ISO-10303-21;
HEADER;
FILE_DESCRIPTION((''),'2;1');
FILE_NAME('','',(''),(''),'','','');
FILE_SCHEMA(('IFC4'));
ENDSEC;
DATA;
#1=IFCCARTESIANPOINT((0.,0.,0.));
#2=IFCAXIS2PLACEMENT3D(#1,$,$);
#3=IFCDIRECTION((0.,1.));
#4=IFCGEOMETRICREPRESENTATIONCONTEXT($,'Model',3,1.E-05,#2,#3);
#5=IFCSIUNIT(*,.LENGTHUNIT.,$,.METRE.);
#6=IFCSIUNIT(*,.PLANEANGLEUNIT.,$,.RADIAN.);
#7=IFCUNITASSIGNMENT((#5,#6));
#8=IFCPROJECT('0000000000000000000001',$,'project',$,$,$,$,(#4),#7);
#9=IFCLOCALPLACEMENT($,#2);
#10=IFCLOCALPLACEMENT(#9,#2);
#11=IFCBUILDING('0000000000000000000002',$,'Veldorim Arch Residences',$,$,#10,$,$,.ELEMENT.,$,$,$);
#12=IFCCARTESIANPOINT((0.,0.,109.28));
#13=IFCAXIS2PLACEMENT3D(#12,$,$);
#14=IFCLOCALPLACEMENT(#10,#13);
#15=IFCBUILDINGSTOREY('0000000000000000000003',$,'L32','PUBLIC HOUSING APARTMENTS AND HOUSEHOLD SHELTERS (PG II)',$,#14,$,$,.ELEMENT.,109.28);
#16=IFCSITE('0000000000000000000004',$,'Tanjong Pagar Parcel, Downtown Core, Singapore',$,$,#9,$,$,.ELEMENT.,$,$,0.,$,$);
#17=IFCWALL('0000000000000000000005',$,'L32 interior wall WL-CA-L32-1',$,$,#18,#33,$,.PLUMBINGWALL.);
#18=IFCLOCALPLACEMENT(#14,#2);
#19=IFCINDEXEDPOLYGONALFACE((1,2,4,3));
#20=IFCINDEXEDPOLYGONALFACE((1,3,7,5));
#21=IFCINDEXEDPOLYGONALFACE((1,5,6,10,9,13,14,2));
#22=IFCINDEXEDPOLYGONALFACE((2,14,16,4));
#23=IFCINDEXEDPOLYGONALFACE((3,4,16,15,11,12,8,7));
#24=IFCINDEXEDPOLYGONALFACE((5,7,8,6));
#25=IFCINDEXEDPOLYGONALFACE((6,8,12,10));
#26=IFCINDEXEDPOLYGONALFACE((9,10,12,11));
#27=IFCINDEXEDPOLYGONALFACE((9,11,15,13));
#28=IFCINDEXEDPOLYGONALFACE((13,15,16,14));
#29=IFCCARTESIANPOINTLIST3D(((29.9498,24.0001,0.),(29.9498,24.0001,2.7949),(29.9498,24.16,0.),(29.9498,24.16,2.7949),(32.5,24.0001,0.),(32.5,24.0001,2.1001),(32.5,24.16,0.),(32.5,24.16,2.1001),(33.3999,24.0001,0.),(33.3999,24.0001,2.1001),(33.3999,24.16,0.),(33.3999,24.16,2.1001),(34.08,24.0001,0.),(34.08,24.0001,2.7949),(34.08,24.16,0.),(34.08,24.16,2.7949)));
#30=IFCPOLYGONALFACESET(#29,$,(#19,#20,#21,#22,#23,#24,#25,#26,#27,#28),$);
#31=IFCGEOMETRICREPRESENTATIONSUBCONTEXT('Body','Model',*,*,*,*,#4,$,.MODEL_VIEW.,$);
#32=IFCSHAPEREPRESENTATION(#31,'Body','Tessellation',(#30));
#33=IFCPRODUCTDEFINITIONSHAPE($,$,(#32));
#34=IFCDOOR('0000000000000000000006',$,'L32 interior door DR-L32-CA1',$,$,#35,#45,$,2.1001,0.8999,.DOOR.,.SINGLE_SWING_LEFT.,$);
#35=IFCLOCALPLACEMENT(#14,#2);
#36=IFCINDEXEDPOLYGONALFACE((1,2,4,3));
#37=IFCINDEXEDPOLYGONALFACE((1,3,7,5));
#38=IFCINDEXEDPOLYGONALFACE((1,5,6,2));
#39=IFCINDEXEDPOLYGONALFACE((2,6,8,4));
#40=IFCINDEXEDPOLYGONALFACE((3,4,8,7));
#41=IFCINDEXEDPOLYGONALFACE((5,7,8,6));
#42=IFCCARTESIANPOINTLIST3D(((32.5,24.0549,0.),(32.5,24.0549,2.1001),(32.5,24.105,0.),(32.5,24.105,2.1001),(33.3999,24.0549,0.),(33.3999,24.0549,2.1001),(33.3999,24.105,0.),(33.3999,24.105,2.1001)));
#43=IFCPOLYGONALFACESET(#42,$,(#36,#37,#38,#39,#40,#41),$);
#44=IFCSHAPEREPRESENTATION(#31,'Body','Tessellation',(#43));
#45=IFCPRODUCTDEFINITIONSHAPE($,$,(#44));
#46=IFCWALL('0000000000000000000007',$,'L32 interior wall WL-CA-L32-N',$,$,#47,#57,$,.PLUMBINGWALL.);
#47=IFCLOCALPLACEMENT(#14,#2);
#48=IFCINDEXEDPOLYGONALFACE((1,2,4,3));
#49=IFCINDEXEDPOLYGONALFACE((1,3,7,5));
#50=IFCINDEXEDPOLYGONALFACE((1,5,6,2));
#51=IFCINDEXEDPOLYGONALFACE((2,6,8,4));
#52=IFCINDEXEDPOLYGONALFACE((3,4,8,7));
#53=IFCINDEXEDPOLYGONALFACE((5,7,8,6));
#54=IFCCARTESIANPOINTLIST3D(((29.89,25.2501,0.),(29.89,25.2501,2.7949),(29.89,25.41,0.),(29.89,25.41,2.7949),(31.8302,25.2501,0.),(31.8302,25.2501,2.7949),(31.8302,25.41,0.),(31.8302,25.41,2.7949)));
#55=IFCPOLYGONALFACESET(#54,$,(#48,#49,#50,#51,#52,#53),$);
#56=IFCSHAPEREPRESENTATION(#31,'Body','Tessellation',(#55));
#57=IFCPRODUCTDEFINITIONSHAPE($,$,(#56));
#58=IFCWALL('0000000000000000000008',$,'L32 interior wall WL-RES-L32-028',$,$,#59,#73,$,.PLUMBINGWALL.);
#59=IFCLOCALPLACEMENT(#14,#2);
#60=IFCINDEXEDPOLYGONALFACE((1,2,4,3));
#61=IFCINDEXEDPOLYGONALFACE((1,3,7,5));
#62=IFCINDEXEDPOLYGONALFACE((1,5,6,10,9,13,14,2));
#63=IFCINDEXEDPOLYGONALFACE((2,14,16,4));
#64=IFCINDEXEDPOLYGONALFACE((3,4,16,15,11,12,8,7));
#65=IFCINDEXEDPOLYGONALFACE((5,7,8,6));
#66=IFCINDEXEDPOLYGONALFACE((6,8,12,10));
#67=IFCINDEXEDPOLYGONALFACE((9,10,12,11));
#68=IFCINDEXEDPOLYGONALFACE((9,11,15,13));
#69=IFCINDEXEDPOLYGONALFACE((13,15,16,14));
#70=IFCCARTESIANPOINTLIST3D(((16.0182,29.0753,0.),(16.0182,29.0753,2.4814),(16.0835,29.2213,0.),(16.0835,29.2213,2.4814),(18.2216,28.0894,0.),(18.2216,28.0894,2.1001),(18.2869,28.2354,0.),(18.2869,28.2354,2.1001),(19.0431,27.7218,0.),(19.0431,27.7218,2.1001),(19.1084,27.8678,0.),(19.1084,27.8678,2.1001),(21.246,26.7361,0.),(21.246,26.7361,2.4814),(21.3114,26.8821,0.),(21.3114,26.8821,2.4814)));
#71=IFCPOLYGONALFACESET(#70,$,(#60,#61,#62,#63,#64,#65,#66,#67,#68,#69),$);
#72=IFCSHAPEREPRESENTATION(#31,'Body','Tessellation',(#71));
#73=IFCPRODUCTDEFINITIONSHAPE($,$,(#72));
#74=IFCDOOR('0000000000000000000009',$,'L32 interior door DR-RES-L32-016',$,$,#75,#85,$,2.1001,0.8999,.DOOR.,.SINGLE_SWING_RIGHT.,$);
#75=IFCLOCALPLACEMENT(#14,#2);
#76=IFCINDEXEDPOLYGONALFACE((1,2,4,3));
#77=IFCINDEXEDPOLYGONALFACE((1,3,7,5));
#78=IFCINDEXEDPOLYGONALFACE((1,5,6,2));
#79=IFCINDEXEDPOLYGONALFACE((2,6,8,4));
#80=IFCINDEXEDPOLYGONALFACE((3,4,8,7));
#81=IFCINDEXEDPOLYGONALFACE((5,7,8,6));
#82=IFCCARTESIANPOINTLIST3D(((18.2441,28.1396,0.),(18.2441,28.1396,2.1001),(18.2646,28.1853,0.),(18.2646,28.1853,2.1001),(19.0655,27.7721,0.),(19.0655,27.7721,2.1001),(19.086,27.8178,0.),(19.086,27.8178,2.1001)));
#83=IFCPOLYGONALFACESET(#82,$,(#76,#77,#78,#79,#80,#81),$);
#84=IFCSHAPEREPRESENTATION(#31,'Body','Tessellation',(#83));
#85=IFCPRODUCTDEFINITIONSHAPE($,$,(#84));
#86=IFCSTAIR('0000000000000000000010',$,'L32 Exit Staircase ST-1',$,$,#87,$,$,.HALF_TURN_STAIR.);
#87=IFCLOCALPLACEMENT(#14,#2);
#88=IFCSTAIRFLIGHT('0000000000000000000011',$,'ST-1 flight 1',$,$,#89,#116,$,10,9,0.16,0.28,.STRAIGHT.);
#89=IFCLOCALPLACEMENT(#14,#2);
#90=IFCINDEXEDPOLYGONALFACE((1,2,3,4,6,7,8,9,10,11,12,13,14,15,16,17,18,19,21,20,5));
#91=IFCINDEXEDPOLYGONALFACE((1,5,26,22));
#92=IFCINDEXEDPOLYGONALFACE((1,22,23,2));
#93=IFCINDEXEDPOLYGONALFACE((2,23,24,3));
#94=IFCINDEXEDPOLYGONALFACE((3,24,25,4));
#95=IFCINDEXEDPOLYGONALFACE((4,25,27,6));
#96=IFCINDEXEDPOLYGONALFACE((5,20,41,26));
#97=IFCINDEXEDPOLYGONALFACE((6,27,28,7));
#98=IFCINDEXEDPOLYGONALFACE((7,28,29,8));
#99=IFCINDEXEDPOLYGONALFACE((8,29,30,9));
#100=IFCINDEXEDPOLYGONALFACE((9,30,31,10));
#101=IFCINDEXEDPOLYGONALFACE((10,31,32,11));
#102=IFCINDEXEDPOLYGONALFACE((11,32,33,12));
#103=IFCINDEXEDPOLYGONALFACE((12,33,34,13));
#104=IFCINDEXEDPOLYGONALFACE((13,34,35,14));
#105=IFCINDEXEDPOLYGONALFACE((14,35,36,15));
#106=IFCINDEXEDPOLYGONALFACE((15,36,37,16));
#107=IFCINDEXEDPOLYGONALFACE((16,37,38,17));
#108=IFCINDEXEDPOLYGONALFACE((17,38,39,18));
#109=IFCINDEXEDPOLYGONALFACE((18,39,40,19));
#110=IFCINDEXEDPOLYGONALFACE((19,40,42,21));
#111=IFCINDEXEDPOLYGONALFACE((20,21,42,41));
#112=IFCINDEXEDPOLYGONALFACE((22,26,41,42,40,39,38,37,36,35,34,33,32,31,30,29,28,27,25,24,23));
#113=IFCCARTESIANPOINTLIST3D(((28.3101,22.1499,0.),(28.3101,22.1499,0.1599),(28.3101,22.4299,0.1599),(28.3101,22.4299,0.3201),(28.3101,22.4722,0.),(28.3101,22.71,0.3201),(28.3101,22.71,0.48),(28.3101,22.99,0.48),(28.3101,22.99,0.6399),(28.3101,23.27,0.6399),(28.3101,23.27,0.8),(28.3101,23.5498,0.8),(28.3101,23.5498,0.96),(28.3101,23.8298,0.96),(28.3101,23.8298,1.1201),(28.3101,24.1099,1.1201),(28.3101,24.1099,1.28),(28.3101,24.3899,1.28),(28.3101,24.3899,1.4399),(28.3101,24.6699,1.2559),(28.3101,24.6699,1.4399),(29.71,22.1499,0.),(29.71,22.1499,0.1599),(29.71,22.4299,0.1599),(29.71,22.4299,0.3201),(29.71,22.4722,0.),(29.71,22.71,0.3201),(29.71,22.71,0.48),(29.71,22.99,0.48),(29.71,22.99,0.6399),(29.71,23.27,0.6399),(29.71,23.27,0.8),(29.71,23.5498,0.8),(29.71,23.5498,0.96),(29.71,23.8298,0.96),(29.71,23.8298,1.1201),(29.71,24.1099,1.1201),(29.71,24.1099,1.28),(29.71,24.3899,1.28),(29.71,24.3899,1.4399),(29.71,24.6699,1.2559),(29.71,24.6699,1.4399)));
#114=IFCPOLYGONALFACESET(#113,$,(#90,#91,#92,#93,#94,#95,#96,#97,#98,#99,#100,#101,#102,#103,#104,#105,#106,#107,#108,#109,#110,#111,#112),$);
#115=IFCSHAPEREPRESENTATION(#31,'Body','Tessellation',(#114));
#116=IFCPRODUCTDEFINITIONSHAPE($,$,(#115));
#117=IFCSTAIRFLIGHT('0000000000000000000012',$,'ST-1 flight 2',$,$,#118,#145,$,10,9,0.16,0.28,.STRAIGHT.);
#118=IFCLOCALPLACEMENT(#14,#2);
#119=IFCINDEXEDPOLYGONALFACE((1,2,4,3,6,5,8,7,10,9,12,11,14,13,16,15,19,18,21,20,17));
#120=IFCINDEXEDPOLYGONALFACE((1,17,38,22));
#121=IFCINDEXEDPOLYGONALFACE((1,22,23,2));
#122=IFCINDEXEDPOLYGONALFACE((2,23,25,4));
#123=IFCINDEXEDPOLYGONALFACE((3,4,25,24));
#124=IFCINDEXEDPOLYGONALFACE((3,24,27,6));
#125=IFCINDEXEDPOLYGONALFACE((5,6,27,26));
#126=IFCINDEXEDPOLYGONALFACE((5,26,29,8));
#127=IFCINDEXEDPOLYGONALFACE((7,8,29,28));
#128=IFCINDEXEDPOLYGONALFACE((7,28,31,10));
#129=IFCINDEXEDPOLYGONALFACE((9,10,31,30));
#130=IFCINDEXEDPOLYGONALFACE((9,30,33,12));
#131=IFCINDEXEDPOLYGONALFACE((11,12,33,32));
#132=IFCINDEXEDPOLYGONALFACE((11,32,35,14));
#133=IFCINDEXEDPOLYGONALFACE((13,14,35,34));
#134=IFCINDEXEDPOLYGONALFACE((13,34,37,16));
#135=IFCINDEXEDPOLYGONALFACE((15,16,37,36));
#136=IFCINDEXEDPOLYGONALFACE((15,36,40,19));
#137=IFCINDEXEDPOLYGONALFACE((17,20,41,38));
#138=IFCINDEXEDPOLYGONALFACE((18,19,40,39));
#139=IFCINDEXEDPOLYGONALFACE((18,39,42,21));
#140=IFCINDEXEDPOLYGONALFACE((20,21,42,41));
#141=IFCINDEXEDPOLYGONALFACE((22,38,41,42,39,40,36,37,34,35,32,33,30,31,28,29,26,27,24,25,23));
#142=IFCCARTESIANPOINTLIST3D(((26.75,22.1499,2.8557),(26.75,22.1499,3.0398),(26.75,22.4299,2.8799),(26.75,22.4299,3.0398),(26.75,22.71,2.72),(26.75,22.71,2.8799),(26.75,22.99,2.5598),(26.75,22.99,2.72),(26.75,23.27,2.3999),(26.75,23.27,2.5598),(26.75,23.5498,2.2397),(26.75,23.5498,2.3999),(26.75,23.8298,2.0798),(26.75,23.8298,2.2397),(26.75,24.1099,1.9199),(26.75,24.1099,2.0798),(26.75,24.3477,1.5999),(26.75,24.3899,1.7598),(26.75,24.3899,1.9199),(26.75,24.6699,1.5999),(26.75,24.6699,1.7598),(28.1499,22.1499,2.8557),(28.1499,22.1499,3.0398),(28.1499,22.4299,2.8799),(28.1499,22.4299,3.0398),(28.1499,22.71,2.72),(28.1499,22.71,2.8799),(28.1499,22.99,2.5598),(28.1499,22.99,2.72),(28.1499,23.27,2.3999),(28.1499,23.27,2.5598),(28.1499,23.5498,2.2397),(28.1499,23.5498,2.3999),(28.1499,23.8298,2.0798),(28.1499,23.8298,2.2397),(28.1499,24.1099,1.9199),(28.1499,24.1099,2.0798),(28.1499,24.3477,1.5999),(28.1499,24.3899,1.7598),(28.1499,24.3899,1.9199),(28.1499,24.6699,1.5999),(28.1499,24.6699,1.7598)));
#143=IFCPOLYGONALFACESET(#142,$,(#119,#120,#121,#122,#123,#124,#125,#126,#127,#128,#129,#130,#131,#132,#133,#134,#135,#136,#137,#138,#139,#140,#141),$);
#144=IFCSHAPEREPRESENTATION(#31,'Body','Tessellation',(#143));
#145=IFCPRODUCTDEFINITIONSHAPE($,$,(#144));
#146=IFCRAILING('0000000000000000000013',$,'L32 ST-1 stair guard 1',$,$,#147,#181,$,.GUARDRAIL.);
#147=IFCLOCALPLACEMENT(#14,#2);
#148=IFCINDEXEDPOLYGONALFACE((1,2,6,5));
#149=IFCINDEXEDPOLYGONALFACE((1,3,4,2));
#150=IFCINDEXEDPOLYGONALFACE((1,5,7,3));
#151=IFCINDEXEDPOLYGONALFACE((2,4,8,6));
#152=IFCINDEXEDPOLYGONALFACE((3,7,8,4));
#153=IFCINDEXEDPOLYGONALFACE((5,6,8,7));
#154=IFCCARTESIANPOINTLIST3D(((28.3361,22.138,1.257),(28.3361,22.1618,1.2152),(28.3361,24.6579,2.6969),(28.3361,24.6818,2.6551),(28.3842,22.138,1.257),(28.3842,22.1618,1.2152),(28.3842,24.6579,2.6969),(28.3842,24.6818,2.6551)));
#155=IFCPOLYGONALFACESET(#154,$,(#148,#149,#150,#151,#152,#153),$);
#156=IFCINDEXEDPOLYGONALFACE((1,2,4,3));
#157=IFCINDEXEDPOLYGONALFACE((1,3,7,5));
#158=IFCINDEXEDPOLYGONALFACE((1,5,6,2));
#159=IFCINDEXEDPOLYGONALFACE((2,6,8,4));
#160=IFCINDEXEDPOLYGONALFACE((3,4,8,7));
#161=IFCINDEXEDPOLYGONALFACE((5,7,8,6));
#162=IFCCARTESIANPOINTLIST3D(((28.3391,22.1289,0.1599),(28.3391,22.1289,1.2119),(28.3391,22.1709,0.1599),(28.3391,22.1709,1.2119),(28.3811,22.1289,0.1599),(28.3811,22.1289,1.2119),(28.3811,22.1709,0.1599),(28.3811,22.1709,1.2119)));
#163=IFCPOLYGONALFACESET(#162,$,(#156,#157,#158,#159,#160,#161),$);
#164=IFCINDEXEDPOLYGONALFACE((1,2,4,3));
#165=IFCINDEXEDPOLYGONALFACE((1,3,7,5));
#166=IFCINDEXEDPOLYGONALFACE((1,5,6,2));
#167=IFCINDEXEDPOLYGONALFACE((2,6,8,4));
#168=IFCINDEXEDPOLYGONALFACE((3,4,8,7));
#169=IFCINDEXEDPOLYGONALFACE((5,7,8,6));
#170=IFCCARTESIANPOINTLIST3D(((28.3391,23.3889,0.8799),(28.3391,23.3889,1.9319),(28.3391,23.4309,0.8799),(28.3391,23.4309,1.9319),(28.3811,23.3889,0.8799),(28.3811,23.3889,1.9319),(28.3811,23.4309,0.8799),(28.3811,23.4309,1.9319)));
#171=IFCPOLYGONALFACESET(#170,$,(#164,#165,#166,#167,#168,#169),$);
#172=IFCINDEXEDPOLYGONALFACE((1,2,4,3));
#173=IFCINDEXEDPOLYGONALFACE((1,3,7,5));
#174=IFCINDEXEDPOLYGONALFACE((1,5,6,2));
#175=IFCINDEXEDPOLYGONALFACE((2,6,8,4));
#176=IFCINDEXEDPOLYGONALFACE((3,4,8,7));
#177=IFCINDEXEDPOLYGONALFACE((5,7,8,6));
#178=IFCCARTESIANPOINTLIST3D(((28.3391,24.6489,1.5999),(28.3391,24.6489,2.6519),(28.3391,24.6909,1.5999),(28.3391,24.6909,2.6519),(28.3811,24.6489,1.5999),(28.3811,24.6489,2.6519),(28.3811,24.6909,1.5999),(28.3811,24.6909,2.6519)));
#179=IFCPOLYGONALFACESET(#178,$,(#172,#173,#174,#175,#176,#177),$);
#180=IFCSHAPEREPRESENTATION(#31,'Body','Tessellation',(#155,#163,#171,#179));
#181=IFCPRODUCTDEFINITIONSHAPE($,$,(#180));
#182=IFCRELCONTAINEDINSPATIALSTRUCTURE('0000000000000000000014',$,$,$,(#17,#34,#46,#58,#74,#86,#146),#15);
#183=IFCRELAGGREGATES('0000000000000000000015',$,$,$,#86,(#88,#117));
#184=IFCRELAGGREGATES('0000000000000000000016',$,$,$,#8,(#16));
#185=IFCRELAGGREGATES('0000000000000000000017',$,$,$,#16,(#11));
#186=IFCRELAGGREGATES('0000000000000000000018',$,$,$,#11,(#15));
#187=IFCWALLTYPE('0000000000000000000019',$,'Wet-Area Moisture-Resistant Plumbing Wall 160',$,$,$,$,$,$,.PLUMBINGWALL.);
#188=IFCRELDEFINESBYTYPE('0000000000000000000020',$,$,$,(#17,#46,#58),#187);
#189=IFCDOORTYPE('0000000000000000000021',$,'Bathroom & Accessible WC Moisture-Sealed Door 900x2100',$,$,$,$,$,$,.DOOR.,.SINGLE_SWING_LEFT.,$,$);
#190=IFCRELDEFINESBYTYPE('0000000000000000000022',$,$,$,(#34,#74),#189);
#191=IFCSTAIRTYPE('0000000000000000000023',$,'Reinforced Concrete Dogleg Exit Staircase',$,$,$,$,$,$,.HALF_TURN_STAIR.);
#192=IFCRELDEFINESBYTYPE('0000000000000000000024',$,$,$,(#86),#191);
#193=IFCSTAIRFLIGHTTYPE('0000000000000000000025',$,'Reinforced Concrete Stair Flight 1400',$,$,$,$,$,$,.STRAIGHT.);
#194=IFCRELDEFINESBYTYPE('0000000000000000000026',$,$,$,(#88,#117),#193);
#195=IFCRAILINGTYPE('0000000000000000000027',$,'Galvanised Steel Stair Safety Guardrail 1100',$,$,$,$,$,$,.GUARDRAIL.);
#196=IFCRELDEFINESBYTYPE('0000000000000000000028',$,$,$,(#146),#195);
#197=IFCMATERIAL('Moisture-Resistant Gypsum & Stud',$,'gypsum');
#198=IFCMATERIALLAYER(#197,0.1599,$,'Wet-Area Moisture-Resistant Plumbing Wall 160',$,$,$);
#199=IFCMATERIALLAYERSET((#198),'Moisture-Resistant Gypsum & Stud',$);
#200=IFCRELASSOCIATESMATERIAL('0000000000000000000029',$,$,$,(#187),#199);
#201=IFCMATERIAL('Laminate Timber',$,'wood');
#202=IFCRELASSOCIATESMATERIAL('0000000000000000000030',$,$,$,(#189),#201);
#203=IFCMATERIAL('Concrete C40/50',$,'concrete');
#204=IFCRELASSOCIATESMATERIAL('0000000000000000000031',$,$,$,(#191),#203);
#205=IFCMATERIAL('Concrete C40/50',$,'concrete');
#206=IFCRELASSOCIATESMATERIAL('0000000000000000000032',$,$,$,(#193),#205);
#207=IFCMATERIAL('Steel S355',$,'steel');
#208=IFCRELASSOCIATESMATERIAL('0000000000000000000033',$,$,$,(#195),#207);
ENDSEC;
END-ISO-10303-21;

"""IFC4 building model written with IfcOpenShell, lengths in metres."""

from ifc_helpers import new_model, si_unit, direction, frame, frame_2d, origin, origin_2d, place, context, subcontext, project, spatial, polyline, rectangle, outline, extrude, material, layer, layer_set, type_object, element, fill, aggregate, save


model = new_model("IFC4")

# Units and contexts
model_context = context("Model", 3, precision=1e-05, world=origin(), true_north=direction((0.0, 1.0)))
body_context = subcontext(model_context, "Body", "Model", "MODEL_VIEW")
ifc_project = project(units=[si_unit("LENGTHUNIT", "METRE"), si_unit("PLANEANGLEUNIT", "RADIAN")], contexts=[model_context])

# Site, building, storey
site_placement = place(None, origin())
site = spatial("IfcSite", under=ifc_project, at=site_placement, Name="Tanjong Pagar Parcel, Downtown Core, Singapore", CompositionType="ELEMENT", RefElevation=0.0)
building_placement = place(site_placement, origin())
building = spatial("IfcBuilding", under=site, at=building_placement, Name="Veldorim Arch Residences", CompositionType="ELEMENT")
storey_placement = place(building_placement, frame((0.0, 0.0, 109.28)))
storey = spatial("IfcBuildingStorey", under=building, at=storey_placement, Name="L32", Description="PUBLIC HOUSING APARTMENTS AND HOUSEHOLD SHELTERS (PG II)", CompositionType="ELEMENT", Elevation=109.28)

# Wall, opening, door
ifc_material_1 = material(Name="Moisture-Resistant Gypsum & Stud", Category="gypsum")
ifc_layer_1 = layer(ifc_material_1, 0.1599, Name="Wet-Area Moisture-Resistant Plumbing Wall 160")
ifc_layer_set_1 = layer_set([ifc_layer_1], Name="Moisture-Resistant Gypsum & Stud")
wall_type_1 = type_object("IfcWallType", Name="Wet-Area Moisture-Resistant Plumbing Wall 160", PredefinedType="PLUMBINGWALL", material=ifc_layer_set_1)
wall_1_placement = place(storey_placement, frame((29.95, 24.0801, 0.0), z_axis=(0.0, 0.0, 1.0), x_axis=(1.0, 0.0, 0.0)))
wall_1 = element("IfcWall", 1, at=wall_1_placement, inside=storey, type_object=wall_type_1, Name="L32 interior wall WL-CA-L32-1", PredefinedType="PLUMBINGWALL", context=body_context, shape_type="SweptSolid", body=[
    extrude(rectangle(XDim=4.1301, YDim=0.1599, at=frame_2d((2.0649, 0.0))), origin(), (0.0, 0.0, 1.0), 2.7949),
])
opening_1_placement = place(wall_1_placement, frame((2.55, 0.0, 0.0)))
opening_1 = element("IfcOpeningElement", 2, at=opening_1_placement, cuts=wall_1, PredefinedType="OPENING", context=body_context, shape_type="SweptSolid", body=[
    extrude(rectangle(XDim=0.8999, YDim=2.1001, at=frame_2d((0.45, 1.05))), frame((0.0, 0.0898, 0.0), z_axis=(0.0, -1.0, 0.0), x_axis=(1.0, 0.0, 0.0)), (0.0, 0.0, 1.0), 0.1799),
])
ifc_material_2 = material(Name="Laminate Timber", Category="wood")
door_type = type_object("IfcDoorType", Name="Bathroom & Accessible WC Moisture-Sealed Door 900x2100", OperationType="SINGLE_SWING_LEFT", PredefinedType="DOOR", material=ifc_material_2)
door_1_placement = place(opening_1_placement, origin())
door_1 = element("IfcDoor", 3, at=door_1_placement, inside=storey, type_object=door_type, Name="L32 interior door DR-L32-CA1", OperationType="SINGLE_SWING_LEFT", OverallHeight=2.1001, OverallWidth=0.8999, PredefinedType="DOOR", context=body_context, shape_type="SweptSolid", body=[
    extrude(rectangle(XDim=0.8999, YDim=2.1001, at=frame_2d((0.45, 1.05))), frame((0.0, 0.0249, 0.0), z_axis=(0.0, -1.0, 0.0), x_axis=(1.0, 0.0, 0.0)), (0.0, 0.0, 1.0), 0.05),
])
fill(opening_1, door_1)

# Wall
wall_2_placement = place(storey_placement, frame((29.8899, 25.3301, 0.0), z_axis=(0.0, 0.0, 1.0), x_axis=(1.0, 0.0, 0.0)))
element("IfcWall", 4, at=wall_2_placement, inside=storey, type_object=wall_type_1, Name="L32 interior wall WL-CA-L32-N", PredefinedType="PLUMBINGWALL", context=body_context, shape_type="SweptSolid", body=[
    extrude(rectangle(XDim=1.9402, YDim=0.1599, at=frame_2d((0.9702, 0.0))), origin(), (0.0, 0.0, 1.0), 2.7949),
])

# Wall, opening, door
wall_3_placement = place(storey_placement, frame((21.2788, 26.8091, 0.0), z_axis=(0.0, 0.0, 1.0), x_axis=(-0.912794, 0.408419, 0.0)))
wall_3 = element("IfcWall", 5, at=wall_3_placement, inside=storey, type_object=wall_type_1, Name="L32 interior wall WL-RES-L32-028", PredefinedType="PLUMBINGWALL", context=body_context, shape_type="SweptSolid", body=[
    extrude(rectangle(XDim=5.7273, YDim=0.1599, at=frame_2d((2.8638, 0.0))), origin(), (0.0, 0.0, 1.0), 2.4814),
])
opening_2_placement = place(wall_3_placement, frame((2.4136, 0.0, 0.0)))
opening_2 = element("IfcOpeningElement", 6, at=opening_2_placement, cuts=wall_3, PredefinedType="OPENING", context=body_context, shape_type="SweptSolid", body=[
    extrude(rectangle(XDim=0.8999, YDim=2.1001, at=frame_2d((0.45, 1.05))), frame((0.0, 0.0898, 0.0), z_axis=(0.0, -1.0, 0.0), x_axis=(1.0, 0.0, 0.0)), (0.0, 0.0, 1.0), 0.1799),
])
door_2_placement = place(opening_2_placement, origin())
door_2 = element("IfcDoor", 7, at=door_2_placement, inside=storey, type_object=door_type, Name="L32 interior door DR-RES-L32-016", OperationType="SINGLE_SWING_RIGHT", OverallHeight=2.1001, OverallWidth=0.8999, PredefinedType="DOOR", context=body_context, shape_type="SweptSolid", body=[
    extrude(rectangle(XDim=0.8999, YDim=2.1001, at=frame_2d((0.45, 1.05))), frame((0.0, 0.0249, 0.0), z_axis=(0.0, -1.0, 0.0), x_axis=(1.0, 0.0, 0.0)), (0.0, 0.0, 1.0), 0.05),
])
fill(opening_2, door_2)

# Stair, stair flights
ifc_material_3 = material(Name="Concrete C40/50", Category="concrete")
stair_type = type_object("IfcStairType", Name="Reinforced Concrete Dogleg Exit Staircase", PredefinedType="HALF_TURN_STAIR", material=ifc_material_3)
stair_placement = place(storey_placement, origin())
stair = element("IfcStair", 8, at=stair_placement, inside=storey, type_object=stair_type, Name="L32 Exit Staircase ST-1", PredefinedType="HALF_TURN_STAIR")
ifc_material_4 = material(Name="Concrete C40/50", Category="concrete")
stair_flight_type = type_object("IfcStairFlightType", Name="Reinforced Concrete Stair Flight 1400", PredefinedType="STRAIGHT", material=ifc_material_4)
stair_flight_1_placement = place(storey_placement, frame((29.01, 22.1499, 0.0), z_axis=(0.0, 0.0, 1.0), x_axis=(0.0, 1.0, 0.0)))
stair_flight_1 = element("IfcStairFlight", 9, at=stair_flight_1_placement, type_object=stair_flight_type, Name="ST-1 flight 1", NumberOfRisers=10, NumberOfTreads=9, PredefinedType="STRAIGHT", RiserHeight=0.16, TreadLength=0.28, context=body_context, shape_type="SweptSolid", body=[
    extrude(outline(polyline([(0.0, 0.0), (0.0, 0.1599), (0.28, 0.1599), (0.28, 0.3201), (0.5601, 0.3201), (0.5601, 0.48), (0.8401, 0.48), (0.8401, 0.6399), (1.1201, 0.6399), (1.1201, 0.8), (1.3999, 0.8), (1.3999, 0.96), (1.6799, 0.96), (1.6799, 1.1201), (1.96, 1.1201), (1.96, 1.28), (2.24, 1.28), (2.24, 1.4399), (2.52, 1.4399), (2.52, 1.6001), (2.52, 1.2559), (0.3223, 0.0), (0.0, 0.0)])), frame((0.0, 0.7, 0.0), z_axis=(0.0, -1.0, 0.0), x_axis=(1.0, 0.0, 0.0)), (0.0, 0.0, 1.0), 1.3999),
])
stair_flight_2_placement = place(storey_placement, frame((27.45, 24.6699, 1.5999), z_axis=(0.0, 0.0, 1.0), x_axis=(0.0, -1.0, 0.0)))
stair_flight_2 = element("IfcStairFlight", 10, at=stair_flight_2_placement, type_object=stair_flight_type, Name="ST-1 flight 2", NumberOfRisers=10, NumberOfTreads=9, PredefinedType="STRAIGHT", RiserHeight=0.16, TreadLength=0.28, context=body_context, shape_type="SweptSolid", body=[
    extrude(outline(polyline([(0.0, 0.0), (0.0, 0.1599), (0.28, 0.1599), (0.28, 0.3201), (0.5601, 0.3201), (0.5601, 0.48), (0.8401, 0.48), (0.8401, 0.6399), (1.1201, 0.6399), (1.1201, 0.8), (1.3999, 0.8), (1.3999, 0.96), (1.6799, 0.96), (1.6799, 1.1201), (1.96, 1.1201), (1.96, 1.28), (2.24, 1.28), (2.24, 1.4399), (2.52, 1.4399), (2.52, 1.6001), (2.52, 1.2559), (0.3223, 0.0), (0.0, 0.0)])), frame((0.0, 0.7, 0.0), z_axis=(0.0, -1.0, 0.0), x_axis=(1.0, 0.0, 0.0)), (0.0, 0.0, 1.0), 1.3999),
])
aggregate(stair, [stair_flight_1, stair_flight_2])

# Railing
ifc_material_5 = material(Name="Steel S355", Category="steel")
railing_type_1 = type_object("IfcRailingType", Name="Galvanised Steel Stair Safety Guardrail 1100", PredefinedType="GUARDRAIL", material=ifc_material_5)
railing_1_placement = place(storey_placement, frame((28.3601, 22.1499, 0.1599)))
element("IfcRailing", 11, at=railing_1_placement, inside=storey, type_object=railing_type_1, Name="L32 ST-1 stair guard 1", PredefinedType="GUARDRAIL", context=body_context, shape_type="SweptSolid", body=[
    extrude(rectangle(XDim=0.0481, YDim=0.0481, at=origin_2d()), frame((0.0, 0.0, 1.0762), z_axis=(0.0, 0.868253, 0.496121), x_axis=(-1.0, 0.0, 0.0)), (0.0, 0.0, 1.0), 2.9023),
    extrude(rectangle(XDim=0.042, YDim=0.042, at=origin_2d()), origin(), (0.0, 0.0, 1.0), 1.052),
    extrude(rectangle(XDim=0.042, YDim=0.042, at=origin_2d()), frame((0.0, 1.26, 0.72)), (0.0, 0.0, 1.0), 1.052),
    extrude(rectangle(XDim=0.042, YDim=0.042, at=origin_2d()), frame((0.0, 2.52, 1.4399)), (0.0, 0.0, 1.0), 1.052),
])

save(model, "model.ifc")
